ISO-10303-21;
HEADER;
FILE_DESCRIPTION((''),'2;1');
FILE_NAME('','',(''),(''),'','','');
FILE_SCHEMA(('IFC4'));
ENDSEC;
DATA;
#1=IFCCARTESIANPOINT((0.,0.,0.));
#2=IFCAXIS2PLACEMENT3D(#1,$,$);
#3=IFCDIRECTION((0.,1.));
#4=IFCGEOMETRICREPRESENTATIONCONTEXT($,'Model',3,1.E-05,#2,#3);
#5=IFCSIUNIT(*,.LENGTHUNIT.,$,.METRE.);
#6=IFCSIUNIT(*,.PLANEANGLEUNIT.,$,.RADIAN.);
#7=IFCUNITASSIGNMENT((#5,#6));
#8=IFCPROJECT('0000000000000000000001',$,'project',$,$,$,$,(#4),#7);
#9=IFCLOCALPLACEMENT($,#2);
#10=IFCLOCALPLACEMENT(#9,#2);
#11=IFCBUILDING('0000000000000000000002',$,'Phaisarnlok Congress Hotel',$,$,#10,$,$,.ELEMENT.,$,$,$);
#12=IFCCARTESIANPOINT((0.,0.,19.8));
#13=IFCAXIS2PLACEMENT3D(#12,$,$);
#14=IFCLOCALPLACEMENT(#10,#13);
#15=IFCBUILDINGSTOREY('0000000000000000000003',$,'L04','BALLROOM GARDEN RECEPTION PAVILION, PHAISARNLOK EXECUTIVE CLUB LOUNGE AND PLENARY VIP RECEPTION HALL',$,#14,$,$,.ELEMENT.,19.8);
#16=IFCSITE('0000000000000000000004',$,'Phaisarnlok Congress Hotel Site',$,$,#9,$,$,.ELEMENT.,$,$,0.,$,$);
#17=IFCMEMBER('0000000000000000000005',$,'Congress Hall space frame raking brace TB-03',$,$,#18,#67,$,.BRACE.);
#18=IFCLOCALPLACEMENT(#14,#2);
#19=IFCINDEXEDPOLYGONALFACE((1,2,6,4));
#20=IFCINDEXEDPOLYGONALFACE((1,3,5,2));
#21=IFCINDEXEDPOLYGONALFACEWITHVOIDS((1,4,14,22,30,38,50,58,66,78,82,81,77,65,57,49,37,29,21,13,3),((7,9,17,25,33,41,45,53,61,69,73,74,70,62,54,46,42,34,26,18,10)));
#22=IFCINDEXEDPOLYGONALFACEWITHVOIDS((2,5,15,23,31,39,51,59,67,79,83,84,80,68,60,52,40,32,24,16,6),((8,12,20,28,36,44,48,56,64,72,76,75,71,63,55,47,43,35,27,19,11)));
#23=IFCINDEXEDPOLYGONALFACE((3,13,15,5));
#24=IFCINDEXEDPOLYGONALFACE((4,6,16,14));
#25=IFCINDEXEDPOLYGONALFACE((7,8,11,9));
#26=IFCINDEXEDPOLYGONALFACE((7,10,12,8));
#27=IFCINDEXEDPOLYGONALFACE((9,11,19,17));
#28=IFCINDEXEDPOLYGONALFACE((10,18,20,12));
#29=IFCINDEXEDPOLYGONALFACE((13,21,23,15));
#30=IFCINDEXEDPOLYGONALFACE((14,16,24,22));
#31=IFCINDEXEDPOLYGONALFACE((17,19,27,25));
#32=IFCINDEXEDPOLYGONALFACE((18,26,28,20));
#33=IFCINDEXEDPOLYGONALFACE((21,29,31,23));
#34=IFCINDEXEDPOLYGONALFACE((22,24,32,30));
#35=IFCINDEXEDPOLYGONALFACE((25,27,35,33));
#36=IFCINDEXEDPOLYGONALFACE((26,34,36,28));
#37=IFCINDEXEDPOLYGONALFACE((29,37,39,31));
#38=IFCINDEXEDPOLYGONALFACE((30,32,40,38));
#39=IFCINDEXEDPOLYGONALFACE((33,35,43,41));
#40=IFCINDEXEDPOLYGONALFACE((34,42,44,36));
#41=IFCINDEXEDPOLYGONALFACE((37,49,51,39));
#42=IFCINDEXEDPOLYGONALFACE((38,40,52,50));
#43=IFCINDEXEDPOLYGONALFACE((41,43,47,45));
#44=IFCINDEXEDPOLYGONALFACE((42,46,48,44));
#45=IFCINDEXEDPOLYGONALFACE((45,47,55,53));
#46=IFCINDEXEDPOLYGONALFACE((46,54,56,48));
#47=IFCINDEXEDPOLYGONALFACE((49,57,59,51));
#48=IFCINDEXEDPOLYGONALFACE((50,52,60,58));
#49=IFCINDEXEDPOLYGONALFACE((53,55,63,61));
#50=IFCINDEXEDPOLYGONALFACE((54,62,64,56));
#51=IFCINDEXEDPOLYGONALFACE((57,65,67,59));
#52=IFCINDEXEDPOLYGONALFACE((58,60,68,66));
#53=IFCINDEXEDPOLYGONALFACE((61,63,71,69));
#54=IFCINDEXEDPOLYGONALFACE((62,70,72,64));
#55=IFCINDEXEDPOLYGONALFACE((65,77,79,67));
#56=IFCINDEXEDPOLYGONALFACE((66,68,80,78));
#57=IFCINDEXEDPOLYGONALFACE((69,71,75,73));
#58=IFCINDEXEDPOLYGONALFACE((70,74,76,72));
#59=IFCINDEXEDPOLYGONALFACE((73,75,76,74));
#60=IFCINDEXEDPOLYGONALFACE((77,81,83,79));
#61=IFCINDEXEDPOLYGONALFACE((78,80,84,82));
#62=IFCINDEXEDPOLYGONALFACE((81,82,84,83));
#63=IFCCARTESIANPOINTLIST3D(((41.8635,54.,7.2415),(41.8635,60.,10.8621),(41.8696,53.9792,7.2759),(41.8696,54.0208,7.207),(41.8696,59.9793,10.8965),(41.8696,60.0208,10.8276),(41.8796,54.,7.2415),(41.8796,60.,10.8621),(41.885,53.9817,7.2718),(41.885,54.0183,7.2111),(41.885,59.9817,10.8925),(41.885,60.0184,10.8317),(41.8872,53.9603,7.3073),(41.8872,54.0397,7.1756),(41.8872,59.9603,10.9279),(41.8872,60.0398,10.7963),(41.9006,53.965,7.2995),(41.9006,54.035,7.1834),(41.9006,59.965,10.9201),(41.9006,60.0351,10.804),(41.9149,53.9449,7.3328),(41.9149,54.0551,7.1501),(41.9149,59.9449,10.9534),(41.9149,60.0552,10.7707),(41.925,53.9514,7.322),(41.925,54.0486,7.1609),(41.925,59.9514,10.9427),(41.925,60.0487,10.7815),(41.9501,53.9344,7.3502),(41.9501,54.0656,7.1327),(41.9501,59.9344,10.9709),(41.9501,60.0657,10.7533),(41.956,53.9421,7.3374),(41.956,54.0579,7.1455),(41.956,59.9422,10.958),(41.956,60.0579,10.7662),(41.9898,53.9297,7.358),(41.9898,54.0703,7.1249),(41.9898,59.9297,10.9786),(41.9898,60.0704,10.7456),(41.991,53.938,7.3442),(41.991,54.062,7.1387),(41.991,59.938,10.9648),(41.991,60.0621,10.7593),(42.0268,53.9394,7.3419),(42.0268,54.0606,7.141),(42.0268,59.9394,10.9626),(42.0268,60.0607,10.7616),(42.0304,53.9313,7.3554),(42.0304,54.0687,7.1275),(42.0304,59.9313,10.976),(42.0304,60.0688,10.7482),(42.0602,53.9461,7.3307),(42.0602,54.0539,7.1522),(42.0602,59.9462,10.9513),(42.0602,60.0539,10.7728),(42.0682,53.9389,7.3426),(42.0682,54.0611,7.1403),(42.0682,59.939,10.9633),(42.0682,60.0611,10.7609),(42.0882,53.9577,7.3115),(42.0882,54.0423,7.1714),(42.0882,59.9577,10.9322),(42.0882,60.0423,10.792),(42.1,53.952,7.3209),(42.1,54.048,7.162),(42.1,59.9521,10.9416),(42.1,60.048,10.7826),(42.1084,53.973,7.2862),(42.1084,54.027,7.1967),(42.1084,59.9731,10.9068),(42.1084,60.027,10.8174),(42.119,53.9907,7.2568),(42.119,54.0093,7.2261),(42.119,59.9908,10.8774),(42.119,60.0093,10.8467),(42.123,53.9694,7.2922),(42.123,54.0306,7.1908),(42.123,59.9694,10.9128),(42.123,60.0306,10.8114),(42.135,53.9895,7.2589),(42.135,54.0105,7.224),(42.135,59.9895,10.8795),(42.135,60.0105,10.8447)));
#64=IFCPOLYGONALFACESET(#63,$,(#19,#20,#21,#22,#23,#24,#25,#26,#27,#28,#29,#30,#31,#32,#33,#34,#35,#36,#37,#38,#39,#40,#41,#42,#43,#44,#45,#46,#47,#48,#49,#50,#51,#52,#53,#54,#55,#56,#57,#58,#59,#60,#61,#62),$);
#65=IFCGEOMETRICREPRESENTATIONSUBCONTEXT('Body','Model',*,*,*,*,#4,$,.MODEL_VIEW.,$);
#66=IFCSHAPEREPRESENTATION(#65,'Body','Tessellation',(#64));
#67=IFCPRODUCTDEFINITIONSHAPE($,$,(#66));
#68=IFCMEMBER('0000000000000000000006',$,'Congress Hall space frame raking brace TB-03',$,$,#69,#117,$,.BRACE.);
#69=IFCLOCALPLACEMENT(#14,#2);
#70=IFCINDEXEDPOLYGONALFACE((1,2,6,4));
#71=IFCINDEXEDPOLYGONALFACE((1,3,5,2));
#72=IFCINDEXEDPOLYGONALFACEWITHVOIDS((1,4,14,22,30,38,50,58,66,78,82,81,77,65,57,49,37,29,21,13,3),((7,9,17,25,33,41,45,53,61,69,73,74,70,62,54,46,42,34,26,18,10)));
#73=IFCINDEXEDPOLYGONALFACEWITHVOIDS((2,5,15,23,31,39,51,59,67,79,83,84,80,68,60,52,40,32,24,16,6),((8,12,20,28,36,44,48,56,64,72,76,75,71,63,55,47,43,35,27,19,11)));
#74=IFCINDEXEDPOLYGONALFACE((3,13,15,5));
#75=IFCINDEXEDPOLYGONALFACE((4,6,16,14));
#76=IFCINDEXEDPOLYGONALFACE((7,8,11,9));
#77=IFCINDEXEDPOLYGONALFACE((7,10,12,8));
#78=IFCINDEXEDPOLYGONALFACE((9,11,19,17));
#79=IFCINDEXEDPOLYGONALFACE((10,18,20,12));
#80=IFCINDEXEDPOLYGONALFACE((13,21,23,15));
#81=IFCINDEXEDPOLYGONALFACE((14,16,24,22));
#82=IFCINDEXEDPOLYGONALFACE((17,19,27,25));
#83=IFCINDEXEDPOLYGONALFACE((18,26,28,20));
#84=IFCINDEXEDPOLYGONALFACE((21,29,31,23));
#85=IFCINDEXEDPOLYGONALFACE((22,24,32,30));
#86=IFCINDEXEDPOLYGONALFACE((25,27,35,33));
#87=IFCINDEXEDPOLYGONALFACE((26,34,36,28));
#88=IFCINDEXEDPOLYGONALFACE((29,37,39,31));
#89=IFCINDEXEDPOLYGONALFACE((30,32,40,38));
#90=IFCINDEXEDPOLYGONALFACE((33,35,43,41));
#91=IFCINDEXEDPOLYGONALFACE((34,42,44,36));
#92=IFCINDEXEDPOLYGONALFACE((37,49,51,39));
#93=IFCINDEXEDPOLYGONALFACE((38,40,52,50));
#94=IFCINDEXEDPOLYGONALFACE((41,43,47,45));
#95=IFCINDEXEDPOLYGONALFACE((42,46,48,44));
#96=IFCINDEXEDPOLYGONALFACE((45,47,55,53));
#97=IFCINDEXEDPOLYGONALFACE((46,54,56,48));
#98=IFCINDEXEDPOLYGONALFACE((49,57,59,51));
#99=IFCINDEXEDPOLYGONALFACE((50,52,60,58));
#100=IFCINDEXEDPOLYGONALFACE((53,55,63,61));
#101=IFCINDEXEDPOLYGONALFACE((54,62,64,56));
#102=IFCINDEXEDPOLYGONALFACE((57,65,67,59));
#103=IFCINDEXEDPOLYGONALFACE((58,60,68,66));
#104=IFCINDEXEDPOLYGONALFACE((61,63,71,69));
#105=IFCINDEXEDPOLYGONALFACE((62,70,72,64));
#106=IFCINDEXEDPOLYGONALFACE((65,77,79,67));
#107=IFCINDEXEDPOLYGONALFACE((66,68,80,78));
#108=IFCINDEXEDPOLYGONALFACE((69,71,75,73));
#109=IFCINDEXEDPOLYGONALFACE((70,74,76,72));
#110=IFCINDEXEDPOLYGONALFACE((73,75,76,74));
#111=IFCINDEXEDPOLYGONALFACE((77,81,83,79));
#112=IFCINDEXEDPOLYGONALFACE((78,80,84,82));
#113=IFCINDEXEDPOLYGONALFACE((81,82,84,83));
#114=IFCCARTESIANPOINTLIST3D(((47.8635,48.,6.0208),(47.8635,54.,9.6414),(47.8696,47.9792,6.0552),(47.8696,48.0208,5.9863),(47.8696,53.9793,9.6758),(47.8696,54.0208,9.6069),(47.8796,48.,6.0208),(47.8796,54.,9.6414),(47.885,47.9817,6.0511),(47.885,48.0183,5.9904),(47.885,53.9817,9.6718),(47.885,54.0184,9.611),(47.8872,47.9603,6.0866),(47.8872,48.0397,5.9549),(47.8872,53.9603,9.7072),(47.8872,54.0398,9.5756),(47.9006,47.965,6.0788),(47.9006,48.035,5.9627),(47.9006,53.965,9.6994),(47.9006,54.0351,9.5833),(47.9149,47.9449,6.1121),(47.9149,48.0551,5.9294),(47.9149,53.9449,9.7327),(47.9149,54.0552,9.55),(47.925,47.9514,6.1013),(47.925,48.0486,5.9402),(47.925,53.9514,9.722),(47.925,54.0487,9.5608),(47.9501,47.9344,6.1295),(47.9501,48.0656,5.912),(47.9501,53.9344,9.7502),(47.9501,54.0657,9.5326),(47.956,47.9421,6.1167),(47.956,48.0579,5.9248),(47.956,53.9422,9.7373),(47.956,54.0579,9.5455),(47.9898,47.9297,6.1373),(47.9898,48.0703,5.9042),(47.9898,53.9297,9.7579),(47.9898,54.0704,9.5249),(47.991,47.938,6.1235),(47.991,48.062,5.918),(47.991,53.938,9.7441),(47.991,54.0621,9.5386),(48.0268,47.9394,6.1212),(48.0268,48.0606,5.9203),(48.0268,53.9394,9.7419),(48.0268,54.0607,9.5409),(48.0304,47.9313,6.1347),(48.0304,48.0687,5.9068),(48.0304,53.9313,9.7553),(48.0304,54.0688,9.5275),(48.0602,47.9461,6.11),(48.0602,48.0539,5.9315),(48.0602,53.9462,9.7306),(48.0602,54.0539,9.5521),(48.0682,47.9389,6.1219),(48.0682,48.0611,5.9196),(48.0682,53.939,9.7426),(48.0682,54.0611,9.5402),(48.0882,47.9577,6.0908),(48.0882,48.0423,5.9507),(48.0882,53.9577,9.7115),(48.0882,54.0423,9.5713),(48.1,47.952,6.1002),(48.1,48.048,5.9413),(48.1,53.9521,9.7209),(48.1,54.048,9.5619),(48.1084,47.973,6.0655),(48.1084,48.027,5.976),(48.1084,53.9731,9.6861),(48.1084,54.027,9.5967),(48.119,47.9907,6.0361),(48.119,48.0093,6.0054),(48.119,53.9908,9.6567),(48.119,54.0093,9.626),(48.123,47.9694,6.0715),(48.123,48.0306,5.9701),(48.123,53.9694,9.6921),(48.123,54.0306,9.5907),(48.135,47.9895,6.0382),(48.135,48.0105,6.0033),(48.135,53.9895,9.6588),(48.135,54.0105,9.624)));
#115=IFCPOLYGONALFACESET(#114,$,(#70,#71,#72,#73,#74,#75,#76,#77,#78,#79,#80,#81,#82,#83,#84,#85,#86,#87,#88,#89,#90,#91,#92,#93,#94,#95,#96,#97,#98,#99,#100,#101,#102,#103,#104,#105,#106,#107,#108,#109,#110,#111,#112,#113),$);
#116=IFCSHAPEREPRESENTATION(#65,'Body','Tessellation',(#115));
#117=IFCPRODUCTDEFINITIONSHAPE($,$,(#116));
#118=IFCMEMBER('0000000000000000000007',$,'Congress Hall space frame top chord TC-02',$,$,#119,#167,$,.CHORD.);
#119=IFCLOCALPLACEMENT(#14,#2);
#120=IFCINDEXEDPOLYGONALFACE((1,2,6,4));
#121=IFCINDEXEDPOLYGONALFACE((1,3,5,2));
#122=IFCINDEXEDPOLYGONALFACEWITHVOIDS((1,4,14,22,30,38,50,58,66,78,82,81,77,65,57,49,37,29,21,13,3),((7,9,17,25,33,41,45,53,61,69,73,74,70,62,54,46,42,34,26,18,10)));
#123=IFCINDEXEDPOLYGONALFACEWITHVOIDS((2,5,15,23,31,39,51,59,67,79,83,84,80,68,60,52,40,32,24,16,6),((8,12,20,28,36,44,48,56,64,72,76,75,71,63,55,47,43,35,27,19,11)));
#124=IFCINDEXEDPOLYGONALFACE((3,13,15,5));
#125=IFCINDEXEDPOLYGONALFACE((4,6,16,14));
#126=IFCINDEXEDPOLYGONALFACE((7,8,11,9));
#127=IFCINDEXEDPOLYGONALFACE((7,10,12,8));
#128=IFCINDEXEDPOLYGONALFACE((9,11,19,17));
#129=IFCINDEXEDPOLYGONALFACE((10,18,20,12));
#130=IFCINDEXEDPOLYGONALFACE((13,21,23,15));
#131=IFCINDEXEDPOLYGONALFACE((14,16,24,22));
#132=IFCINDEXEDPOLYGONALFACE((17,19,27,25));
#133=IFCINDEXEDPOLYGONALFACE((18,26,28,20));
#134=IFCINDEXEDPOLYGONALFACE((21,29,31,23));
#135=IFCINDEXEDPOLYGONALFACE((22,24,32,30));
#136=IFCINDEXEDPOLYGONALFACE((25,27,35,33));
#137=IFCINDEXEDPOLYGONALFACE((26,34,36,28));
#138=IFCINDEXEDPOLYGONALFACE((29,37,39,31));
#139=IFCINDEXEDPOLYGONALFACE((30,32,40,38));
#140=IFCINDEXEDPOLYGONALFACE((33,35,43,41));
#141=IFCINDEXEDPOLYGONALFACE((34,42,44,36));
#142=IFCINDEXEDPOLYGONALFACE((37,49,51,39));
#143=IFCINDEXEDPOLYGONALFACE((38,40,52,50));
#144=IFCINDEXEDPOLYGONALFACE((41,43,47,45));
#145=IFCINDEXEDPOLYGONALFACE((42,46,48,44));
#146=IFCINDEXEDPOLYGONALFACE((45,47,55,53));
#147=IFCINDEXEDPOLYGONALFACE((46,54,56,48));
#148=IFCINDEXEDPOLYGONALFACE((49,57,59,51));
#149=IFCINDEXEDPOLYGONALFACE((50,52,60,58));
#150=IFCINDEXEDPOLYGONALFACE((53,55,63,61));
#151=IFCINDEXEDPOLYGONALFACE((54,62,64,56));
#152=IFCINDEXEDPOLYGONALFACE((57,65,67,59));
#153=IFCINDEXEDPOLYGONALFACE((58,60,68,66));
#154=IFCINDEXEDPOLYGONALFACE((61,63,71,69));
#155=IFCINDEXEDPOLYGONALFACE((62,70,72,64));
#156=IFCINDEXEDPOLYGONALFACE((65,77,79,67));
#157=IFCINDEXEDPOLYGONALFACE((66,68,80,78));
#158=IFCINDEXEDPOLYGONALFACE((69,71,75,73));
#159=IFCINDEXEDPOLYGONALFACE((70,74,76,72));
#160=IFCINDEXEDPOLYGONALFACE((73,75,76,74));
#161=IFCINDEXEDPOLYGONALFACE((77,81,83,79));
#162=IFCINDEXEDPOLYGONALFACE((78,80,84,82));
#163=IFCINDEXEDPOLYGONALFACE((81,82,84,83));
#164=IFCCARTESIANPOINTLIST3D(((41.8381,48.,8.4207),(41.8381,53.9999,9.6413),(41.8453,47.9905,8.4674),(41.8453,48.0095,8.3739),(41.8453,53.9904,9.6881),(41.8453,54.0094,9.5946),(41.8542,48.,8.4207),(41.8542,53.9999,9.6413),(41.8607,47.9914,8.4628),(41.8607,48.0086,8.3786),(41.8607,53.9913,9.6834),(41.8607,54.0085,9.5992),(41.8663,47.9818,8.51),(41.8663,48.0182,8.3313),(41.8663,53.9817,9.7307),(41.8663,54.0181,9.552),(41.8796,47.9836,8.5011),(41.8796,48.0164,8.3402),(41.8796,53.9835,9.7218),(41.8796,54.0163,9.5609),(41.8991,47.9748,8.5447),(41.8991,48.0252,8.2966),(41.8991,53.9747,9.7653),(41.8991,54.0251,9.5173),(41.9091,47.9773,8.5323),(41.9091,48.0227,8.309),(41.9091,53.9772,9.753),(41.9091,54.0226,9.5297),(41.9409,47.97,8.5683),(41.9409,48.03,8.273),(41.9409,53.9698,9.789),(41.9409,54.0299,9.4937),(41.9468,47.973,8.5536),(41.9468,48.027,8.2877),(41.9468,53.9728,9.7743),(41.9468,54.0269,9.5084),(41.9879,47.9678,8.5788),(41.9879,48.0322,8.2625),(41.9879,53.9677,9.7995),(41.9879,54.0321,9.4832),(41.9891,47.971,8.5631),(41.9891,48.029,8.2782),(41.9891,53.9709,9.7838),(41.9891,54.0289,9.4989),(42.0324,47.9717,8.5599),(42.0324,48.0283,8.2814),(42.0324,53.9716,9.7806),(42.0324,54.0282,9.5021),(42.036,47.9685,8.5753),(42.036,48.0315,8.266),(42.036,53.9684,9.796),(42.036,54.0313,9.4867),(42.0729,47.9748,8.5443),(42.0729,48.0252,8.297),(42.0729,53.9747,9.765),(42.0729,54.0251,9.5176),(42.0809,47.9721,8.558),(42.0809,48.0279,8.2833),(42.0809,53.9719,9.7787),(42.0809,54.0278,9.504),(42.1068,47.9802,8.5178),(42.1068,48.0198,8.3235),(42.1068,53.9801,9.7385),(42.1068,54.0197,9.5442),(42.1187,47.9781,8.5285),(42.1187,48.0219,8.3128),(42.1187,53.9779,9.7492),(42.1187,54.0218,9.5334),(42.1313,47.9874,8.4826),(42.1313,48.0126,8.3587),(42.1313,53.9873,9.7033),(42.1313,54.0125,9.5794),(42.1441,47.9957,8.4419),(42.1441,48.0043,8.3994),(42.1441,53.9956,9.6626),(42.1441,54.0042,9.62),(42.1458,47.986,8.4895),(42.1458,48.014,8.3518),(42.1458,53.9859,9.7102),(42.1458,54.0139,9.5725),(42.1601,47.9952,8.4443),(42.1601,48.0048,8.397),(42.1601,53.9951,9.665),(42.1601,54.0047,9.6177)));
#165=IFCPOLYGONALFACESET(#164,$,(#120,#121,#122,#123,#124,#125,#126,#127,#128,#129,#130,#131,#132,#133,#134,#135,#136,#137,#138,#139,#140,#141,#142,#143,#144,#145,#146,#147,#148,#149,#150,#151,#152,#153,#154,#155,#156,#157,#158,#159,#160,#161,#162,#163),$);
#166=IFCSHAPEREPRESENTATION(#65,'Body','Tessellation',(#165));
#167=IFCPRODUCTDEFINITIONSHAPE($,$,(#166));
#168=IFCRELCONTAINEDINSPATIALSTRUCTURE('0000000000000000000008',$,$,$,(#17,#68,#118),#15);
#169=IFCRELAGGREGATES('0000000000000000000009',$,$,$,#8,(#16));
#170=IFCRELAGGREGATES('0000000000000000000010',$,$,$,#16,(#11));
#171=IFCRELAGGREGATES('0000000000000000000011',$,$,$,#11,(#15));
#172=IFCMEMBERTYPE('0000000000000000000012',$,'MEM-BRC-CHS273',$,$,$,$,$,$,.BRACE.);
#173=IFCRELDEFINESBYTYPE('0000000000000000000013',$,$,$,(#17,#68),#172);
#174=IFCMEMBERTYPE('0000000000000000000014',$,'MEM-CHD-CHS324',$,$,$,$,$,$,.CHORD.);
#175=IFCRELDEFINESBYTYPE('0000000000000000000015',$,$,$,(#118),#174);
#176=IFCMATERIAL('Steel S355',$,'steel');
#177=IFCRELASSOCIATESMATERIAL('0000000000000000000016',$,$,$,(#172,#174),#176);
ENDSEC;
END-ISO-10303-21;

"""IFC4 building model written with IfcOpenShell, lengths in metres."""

from ifc_helpers import new_model, si_unit, direction, frame, origin, origin_2d, place, context, subcontext, project, spatial, hollow_circle, extrude, material, material_profile, profile_set, type_object, element, save


model = new_model("IFC4")

# Units and contexts
model_context = context("Model", 3, precision=1e-05, world=origin(), true_north=direction((0.0, 1.0)))
body_context = subcontext(model_context, "Body", "Model", "MODEL_VIEW")
ifc_project = project(units=[si_unit("LENGTHUNIT", "METRE"), si_unit("PLANEANGLEUNIT", "RADIAN")], contexts=[model_context])

# Site, building, storey
site_placement = place(None, origin())
site = spatial("IfcSite", under=ifc_project, at=site_placement, Name="Phaisarnlok Congress Hotel Site", CompositionType="ELEMENT", RefElevation=0.0)
building_placement = place(site_placement, origin())
building = spatial("IfcBuilding", under=site, at=building_placement, Name="Phaisarnlok Congress Hotel", CompositionType="ELEMENT")
storey_placement = place(building_placement, frame((0.0, 0.0, 19.8)))
storey = spatial("IfcBuildingStorey", under=building, at=storey_placement, Name="L04", Description="BALLROOM GARDEN RECEPTION PAVILION, PHAISARNLOK EXECUTIVE CLUB LOUNGE AND PLENARY VIP RECEPTION HALL", CompositionType="ELEMENT", Elevation=19.8)

# Members
ifc_material = material(Name="Steel S355", Category="steel")
ifc_material_profile_1 = material_profile(ifc_material, hollow_circle(Radius=0.1365, WallThickness=0.0161, at=origin_2d()), Name="CHS 273x16")
ifc_profile_set_1 = profile_set([ifc_material_profile_1], Name="Steel S355")
member_type_1 = type_object("IfcMemberType", Name="MEM-BRC-CHS273", PredefinedType="BRACE", material=ifc_profile_set_1)
for number, where, z_axis, x_axis, name in (
    (1, (42.0, 54.0, 7.2415), (0.0, 0.856193, 0.516656), (-1.0, 0.0, 0.0), "Congress Hall space frame raking brace TB-03"),
    (2, (48.0, 48.0, 6.0208), (0.0, 0.856193, 0.516656), (-1.0, 0.0, 0.0), "Congress Hall space frame raking brace TB-03"),
):
    element("IfcMember", number, at=place(storey_placement, frame(where, z_axis=z_axis, x_axis=x_axis)), inside=storey, type_object=member_type_1, Name=name, PredefinedType="BRACE", context=body_context, shape_type="SweptSolid", body=[
        extrude(hollow_circle(Radius=0.1365, WallThickness=0.0161, at=origin_2d()), origin(), (0.0, 0.0, 1.0), 7.0078),
    ])
ifc_material_profile_2 = material_profile(ifc_material, hollow_circle(Radius=0.1619, WallThickness=0.0161, at=origin_2d()), Name="CHS 323.9x16")
ifc_profile_set_2 = profile_set([ifc_material_profile_2], Name="Steel S355")
member_type_2 = type_object("IfcMemberType", Name="MEM-CHD-CHS324", PredefinedType="CHORD", material=ifc_profile_set_2)
member_1_placement = place(storey_placement, frame((42.0, 48.0, 8.4207), z_axis=(0.0, 0.979925, 0.199366), x_axis=(-1.0, 0.0, 0.0)))
element("IfcMember", 3, at=member_1_placement, inside=storey, type_object=member_type_2, Name="Congress Hall space frame top chord TC-02", PredefinedType="CHORD", context=body_context, shape_type="SweptSolid", body=[
    extrude(hollow_circle(Radius=0.1619, WallThickness=0.0161, at=origin_2d()), origin(), (0.0, 0.0, 1.0), 6.1228),
])

save(model, "model.ifc")
